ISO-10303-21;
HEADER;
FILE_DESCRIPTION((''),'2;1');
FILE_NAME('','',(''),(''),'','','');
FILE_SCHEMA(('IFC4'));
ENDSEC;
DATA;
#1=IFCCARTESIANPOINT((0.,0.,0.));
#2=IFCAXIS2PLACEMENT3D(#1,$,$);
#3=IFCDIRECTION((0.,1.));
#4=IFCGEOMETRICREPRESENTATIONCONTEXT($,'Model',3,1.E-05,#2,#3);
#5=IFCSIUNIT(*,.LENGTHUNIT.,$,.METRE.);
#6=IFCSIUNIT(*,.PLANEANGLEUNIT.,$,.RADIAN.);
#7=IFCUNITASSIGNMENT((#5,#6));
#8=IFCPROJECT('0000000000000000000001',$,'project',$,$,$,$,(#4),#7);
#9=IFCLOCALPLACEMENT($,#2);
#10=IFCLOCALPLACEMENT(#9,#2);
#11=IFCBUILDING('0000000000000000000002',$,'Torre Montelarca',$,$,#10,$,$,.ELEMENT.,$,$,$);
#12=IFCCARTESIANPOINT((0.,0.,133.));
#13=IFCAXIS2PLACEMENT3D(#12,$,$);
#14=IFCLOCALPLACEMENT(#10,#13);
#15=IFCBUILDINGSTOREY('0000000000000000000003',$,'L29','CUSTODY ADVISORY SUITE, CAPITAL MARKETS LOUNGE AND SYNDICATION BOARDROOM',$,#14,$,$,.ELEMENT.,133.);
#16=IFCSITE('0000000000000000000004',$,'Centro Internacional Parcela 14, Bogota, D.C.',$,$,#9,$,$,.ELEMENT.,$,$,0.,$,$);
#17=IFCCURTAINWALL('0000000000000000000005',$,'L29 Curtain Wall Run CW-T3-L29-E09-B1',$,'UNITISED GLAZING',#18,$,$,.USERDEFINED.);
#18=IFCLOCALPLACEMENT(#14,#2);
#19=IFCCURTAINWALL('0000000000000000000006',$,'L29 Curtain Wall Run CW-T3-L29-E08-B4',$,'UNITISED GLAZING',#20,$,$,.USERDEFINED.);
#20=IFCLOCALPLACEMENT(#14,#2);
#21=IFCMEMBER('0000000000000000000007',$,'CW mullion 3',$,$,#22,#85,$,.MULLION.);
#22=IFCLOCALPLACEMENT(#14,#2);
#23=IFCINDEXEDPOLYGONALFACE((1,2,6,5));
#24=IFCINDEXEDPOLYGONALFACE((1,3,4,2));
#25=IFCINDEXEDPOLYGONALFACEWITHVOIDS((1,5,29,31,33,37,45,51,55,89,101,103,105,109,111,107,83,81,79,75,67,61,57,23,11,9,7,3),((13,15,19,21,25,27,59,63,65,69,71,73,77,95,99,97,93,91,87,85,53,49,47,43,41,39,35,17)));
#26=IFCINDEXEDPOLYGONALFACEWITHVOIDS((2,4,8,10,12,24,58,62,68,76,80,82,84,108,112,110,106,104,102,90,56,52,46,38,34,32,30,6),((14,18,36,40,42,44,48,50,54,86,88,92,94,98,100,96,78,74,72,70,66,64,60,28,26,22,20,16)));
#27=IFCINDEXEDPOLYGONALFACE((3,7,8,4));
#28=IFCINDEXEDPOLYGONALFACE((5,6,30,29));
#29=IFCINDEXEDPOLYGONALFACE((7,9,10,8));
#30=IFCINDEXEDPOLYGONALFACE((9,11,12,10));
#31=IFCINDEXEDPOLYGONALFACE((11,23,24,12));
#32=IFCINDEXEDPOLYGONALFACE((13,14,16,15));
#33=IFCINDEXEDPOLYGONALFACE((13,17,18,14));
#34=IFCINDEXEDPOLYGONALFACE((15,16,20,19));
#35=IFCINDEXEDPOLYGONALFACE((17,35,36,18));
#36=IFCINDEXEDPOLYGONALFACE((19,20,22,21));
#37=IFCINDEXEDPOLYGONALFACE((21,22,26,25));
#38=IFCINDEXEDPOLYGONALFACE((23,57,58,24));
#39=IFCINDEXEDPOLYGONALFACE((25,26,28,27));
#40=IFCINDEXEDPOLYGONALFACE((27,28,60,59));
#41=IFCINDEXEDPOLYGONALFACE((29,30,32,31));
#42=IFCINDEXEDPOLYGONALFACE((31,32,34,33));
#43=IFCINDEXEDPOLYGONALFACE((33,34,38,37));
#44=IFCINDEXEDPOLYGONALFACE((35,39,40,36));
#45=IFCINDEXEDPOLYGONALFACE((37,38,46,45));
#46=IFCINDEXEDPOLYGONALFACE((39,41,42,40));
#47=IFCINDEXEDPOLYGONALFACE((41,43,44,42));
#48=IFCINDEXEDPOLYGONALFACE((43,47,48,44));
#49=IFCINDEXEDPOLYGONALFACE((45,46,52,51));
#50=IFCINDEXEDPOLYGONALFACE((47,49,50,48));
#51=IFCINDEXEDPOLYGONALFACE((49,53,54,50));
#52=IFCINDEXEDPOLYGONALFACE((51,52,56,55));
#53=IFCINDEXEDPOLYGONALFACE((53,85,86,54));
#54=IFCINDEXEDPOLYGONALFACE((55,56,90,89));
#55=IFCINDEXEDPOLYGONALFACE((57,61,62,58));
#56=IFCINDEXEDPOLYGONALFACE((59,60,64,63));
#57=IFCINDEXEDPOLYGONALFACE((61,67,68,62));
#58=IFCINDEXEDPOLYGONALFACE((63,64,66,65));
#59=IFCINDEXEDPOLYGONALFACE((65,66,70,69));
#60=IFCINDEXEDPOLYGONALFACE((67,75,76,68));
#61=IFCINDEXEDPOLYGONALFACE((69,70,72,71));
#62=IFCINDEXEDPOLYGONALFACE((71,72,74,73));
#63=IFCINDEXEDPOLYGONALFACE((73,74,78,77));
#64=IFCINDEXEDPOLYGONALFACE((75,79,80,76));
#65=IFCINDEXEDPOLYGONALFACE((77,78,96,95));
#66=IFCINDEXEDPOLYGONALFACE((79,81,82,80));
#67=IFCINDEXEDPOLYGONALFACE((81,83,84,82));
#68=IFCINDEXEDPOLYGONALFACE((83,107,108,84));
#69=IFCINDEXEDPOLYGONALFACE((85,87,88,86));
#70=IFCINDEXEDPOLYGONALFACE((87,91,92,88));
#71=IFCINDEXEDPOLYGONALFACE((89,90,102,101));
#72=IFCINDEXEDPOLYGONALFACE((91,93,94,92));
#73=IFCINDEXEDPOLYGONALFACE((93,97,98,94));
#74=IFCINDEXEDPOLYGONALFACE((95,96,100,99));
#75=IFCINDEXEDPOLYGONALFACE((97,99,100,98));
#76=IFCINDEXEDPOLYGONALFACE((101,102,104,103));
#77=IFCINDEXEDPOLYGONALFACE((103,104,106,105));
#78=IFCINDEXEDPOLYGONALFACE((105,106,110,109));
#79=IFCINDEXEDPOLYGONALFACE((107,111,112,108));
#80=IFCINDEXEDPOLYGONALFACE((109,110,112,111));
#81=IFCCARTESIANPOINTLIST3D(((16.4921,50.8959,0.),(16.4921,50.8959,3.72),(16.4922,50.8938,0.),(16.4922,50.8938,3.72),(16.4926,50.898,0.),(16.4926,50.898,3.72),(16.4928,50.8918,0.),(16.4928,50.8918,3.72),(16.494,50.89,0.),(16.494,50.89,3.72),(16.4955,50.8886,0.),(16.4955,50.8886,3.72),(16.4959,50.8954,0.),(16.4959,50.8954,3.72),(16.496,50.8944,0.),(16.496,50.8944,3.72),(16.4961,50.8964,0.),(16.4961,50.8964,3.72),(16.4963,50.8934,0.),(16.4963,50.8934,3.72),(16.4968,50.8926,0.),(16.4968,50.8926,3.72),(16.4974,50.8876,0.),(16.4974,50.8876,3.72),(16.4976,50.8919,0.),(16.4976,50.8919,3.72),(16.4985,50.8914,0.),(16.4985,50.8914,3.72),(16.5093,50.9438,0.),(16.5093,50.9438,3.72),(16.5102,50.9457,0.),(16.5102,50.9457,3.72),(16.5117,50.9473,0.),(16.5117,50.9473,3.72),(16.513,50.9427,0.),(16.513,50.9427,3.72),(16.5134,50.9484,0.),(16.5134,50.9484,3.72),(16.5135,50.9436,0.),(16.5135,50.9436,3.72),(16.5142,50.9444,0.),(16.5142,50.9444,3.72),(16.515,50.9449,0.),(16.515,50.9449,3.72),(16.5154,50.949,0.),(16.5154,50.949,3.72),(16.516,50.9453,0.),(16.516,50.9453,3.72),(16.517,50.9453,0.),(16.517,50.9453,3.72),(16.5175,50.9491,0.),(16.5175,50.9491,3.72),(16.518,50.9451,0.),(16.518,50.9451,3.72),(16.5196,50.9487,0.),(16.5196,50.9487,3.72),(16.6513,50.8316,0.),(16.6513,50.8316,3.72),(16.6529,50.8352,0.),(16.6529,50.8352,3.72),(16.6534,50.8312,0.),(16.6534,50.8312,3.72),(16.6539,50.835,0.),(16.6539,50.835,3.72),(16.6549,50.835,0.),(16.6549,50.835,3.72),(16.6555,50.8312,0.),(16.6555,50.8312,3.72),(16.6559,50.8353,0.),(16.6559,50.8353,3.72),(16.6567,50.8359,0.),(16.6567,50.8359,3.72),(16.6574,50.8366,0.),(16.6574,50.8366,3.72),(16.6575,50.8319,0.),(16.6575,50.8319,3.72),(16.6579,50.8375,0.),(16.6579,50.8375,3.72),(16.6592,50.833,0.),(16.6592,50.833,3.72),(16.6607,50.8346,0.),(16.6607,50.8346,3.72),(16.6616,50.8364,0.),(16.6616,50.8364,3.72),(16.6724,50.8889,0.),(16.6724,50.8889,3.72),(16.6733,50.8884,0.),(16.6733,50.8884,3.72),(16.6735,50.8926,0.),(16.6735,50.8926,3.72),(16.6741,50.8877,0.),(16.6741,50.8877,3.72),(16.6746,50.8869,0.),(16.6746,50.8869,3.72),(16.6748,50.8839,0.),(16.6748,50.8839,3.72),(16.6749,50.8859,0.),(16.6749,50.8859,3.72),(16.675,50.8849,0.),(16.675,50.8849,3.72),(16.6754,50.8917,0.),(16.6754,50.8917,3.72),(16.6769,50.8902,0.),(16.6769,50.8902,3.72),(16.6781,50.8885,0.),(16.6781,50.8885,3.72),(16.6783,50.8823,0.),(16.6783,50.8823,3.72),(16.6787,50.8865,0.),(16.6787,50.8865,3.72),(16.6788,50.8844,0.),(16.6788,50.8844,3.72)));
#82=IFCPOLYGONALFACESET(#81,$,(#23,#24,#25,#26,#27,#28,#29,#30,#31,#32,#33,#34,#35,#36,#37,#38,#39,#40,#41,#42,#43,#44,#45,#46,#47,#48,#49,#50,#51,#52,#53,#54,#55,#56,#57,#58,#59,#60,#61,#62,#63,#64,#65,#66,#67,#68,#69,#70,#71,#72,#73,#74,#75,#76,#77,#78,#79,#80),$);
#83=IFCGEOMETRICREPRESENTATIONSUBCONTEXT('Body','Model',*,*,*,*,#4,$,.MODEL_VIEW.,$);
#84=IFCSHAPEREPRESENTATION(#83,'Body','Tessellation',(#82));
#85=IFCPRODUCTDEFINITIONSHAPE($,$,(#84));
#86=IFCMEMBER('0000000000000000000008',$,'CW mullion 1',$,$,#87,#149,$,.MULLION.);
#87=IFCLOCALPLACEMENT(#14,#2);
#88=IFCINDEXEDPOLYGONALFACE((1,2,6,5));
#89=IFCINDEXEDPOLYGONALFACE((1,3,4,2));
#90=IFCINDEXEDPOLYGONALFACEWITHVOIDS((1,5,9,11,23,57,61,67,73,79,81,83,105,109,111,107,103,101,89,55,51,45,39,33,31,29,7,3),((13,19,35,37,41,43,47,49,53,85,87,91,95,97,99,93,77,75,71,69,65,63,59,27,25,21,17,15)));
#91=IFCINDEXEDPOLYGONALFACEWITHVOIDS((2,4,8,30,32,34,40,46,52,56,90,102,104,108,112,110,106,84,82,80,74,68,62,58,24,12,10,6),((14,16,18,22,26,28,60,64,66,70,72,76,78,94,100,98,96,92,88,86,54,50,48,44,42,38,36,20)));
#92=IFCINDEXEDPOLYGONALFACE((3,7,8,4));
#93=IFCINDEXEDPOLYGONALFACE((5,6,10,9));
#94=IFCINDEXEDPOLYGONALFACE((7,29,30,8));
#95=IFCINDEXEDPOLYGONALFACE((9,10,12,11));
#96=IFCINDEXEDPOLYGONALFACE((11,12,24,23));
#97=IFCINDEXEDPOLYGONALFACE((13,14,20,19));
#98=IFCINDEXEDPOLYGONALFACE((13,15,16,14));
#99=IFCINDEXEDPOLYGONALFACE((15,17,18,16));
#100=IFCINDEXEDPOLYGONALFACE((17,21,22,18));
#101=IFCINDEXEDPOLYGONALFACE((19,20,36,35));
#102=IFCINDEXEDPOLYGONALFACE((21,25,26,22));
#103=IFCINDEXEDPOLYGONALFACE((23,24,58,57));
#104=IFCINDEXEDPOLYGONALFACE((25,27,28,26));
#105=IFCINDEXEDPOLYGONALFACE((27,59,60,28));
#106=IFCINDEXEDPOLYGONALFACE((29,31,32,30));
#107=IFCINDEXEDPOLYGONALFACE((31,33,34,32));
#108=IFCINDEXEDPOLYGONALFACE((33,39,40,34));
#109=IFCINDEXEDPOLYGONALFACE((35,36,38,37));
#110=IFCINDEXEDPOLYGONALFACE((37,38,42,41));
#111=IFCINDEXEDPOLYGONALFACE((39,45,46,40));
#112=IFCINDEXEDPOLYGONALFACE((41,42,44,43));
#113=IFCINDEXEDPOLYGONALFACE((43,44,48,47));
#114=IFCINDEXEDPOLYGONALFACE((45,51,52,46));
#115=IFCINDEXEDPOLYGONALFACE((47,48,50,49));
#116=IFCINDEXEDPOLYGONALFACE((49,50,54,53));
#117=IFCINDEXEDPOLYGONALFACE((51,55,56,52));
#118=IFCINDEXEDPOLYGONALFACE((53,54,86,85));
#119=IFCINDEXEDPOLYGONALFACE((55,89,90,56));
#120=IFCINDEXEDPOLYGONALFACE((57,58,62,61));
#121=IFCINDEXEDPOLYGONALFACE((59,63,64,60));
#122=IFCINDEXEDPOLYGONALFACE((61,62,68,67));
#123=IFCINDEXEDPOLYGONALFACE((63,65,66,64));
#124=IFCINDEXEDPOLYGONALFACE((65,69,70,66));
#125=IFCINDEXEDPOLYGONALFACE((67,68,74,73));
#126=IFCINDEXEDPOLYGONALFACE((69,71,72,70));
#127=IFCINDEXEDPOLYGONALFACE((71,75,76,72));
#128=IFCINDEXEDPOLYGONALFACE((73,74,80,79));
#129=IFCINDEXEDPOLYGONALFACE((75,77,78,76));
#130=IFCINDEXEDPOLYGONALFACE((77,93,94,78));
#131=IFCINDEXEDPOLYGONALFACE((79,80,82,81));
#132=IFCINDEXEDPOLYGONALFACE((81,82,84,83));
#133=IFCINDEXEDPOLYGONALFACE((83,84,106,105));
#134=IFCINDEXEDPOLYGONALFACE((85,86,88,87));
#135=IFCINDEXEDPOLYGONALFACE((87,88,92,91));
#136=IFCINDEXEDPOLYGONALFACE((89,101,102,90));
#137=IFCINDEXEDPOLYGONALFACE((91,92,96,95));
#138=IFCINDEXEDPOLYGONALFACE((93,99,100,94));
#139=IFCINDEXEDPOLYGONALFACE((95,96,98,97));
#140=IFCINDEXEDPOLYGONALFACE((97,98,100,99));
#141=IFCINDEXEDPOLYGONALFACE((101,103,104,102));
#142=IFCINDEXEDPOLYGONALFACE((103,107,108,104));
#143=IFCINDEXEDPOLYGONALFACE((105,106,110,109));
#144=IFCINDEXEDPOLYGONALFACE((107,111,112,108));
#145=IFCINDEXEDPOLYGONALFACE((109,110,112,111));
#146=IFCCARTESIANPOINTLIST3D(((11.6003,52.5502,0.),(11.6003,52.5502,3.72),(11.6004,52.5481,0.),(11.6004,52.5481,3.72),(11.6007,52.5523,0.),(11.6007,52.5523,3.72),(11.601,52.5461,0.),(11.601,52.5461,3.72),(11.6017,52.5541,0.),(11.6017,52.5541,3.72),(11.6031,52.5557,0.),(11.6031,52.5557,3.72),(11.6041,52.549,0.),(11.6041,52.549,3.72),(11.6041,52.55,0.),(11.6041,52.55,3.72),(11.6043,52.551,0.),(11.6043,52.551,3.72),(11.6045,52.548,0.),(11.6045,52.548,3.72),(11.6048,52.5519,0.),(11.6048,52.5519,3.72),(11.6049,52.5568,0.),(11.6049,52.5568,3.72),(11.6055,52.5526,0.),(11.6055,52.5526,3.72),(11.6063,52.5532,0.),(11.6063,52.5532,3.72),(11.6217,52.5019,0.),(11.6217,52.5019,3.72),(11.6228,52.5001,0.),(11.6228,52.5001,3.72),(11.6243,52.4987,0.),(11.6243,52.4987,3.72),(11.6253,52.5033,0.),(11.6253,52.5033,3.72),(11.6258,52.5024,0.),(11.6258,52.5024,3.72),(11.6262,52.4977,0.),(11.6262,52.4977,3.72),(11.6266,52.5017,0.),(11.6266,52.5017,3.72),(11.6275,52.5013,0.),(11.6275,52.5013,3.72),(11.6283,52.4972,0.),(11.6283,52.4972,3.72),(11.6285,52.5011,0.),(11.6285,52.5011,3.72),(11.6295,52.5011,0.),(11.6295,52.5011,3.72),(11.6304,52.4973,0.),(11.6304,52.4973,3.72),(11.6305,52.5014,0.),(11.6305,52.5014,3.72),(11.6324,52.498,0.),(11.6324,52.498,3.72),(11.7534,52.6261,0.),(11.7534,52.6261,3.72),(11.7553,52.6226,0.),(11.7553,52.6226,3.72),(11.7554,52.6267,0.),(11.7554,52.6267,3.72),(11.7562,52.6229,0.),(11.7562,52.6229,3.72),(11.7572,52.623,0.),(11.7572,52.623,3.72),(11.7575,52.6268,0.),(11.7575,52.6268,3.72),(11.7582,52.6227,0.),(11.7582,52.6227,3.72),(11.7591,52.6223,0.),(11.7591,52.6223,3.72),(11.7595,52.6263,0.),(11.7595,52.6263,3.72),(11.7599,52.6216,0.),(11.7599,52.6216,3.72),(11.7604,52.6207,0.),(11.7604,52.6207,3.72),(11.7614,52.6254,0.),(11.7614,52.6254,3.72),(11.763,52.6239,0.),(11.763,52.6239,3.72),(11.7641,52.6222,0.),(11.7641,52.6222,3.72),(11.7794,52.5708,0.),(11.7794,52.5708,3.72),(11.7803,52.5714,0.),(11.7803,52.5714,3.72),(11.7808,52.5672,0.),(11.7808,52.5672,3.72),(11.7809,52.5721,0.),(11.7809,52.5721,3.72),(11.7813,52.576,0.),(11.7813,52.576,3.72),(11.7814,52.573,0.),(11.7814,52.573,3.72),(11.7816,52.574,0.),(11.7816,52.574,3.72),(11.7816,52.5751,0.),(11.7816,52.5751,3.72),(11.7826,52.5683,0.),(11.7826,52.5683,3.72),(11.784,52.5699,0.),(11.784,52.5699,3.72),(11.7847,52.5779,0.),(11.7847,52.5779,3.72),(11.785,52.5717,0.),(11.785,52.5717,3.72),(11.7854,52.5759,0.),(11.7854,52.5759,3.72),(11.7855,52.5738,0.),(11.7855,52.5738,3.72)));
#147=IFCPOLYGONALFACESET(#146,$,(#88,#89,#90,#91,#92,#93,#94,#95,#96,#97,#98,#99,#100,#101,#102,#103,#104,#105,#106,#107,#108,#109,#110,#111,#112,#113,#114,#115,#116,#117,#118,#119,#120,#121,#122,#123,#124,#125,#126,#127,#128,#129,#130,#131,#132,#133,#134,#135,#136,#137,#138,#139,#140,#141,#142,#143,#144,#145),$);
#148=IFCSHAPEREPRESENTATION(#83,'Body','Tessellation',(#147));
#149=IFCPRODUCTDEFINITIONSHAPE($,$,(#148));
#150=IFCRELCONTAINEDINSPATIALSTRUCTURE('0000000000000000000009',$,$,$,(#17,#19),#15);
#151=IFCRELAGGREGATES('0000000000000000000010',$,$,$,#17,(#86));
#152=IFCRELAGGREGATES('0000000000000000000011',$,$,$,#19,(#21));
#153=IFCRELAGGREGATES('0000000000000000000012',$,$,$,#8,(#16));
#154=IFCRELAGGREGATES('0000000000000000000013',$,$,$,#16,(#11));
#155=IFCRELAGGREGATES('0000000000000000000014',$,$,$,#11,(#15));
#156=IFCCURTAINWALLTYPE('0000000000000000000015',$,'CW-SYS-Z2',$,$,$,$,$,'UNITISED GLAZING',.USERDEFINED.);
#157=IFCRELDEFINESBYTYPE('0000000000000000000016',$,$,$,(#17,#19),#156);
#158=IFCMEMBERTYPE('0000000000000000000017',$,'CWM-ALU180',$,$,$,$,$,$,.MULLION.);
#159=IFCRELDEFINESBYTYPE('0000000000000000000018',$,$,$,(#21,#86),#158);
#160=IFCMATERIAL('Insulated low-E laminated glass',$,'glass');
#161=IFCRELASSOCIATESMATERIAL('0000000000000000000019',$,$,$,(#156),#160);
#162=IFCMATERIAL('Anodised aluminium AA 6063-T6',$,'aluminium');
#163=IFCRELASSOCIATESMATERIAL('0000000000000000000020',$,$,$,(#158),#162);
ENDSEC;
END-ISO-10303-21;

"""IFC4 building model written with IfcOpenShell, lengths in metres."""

from ifc_helpers import new_model, si_unit, direction, frame, origin, origin_2d, place, context, subcontext, project, spatial, hollow_rectangle, extrude, source, transform, mapped, material, material_profile, profile_set, type_object, element, aggregate, save


model = new_model("IFC4")

# Units and contexts
model_context = context("Model", 3, precision=1e-05, world=origin(), true_north=direction((0.0, 1.0)))
body_context = subcontext(model_context, "Body", "Model", "MODEL_VIEW")
ifc_project = project(units=[si_unit("LENGTHUNIT", "METRE"), si_unit("PLANEANGLEUNIT", "RADIAN")], contexts=[model_context])

# Site, building, storey
site_placement = place(None, origin())
site = spatial("IfcSite", under=ifc_project, at=site_placement, Name="Centro Internacional Parcela 14, Bogota, D.C.", CompositionType="ELEMENT", RefElevation=0.0)
building_placement = place(site_placement, origin())
building = spatial("IfcBuilding", under=site, at=building_placement, Name="Torre Montelarca", CompositionType="ELEMENT")
storey_placement = place(building_placement, frame((0.0, 0.0, 133.0)))
storey = spatial("IfcBuildingStorey", under=building, at=storey_placement, Name="L29", Description="CUSTODY ADVISORY SUITE, CAPITAL MARKETS LOUNGE AND SYNDICATION BOARDROOM", CompositionType="ELEMENT", Elevation=133.0)

# Curtain walls, member
ifc_material_1 = material(Name="Insulated low-E laminated glass", Category="glass")
curtain_wall_type = type_object("IfcCurtainWallType", Name="CW-SYS-Z2", ElementType="UNITISED GLAZING", PredefinedType="USERDEFINED", material=ifc_material_1)
curtain_wall_1_placement = place(storey_placement, origin())
curtain_wall_1 = element("IfcCurtainWall", 1, at=curtain_wall_1_placement, inside=storey, type_object=curtain_wall_type, Name="L29 Curtain Wall Run CW-T3-L29-E09-B1", ObjectType="UNITISED GLAZING", PredefinedType="USERDEFINED")
ifc_material_2 = material(Name="Anodised aluminium AA 6063-T6", Category="aluminium")
curtain_wall_2_placement = place(storey_placement, origin())
curtain_wall_2 = element("IfcCurtainWall", 2, at=curtain_wall_2_placement, inside=storey, type_object=curtain_wall_type, Name="L29 Curtain Wall Run CW-T3-L29-E08-B4", ObjectType="UNITISED GLAZING", PredefinedType="USERDEFINED")
ifc_material_profile_1 = material_profile(ifc_material_2, hollow_rectangle(XDim=0.0649, YDim=0.1799, WallThickness=0.0039, InnerFilletRadius=0.0039, OuterFilletRadius=0.0081, at=origin_2d()), Name="ALU65X180X4", Category="aluminium")
ifc_profile_set_1 = profile_set([ifc_material_profile_1], Name="Anodised aluminium AA 6063-T6")
member_type_1 = type_object("IfcMemberType", Name="CWM-ALU180", PredefinedType="MULLION", material=ifc_profile_set_1)
shared_shape_1 = source(origin(), body_context, "Body", "SweptSolid", [
    extrude(hollow_rectangle(XDim=0.0649, YDim=0.1799, WallThickness=0.0039, InnerFilletRadius=0.0039, OuterFilletRadius=0.0081, at=origin_2d()), origin(), (0.0, 0.0, 1.0), 3.72),
])
member_1_placement = place(storey_placement, frame((16.5854, 50.8901, 0.0), z_axis=(0.0, 0.0, 1.0), x_axis=(-0.342021, -0.939692, 0.0)))
member_1 = element("IfcMember", 3, at=member_1_placement, type_object=member_type_1, Name="CW mullion 3", PredefinedType="MULLION", context=body_context, shape_type="MappedRepresentation", body=[
    mapped(shared_shape_1, transform((0.0, 0.0, 0.0), scale=1.0)),
])

# Member
member_2_placement = place(storey_placement, frame((11.6929, 52.562, 0.0), z_axis=(0.0, 0.0, 1.0), x_axis=(0.422598, -0.906317, 0.0)))
member_2 = element("IfcMember", 4, at=member_2_placement, type_object=member_type_1, Name="CW mullion 1", PredefinedType="MULLION", context=body_context, shape_type="MappedRepresentation", body=[
    mapped(shared_shape_1, transform((0.0, 0.0, 0.0), scale=1.0)),
])

aggregate(curtain_wall_1, [member_2])
aggregate(curtain_wall_2, [member_1])

save(model, "model.ifc")
